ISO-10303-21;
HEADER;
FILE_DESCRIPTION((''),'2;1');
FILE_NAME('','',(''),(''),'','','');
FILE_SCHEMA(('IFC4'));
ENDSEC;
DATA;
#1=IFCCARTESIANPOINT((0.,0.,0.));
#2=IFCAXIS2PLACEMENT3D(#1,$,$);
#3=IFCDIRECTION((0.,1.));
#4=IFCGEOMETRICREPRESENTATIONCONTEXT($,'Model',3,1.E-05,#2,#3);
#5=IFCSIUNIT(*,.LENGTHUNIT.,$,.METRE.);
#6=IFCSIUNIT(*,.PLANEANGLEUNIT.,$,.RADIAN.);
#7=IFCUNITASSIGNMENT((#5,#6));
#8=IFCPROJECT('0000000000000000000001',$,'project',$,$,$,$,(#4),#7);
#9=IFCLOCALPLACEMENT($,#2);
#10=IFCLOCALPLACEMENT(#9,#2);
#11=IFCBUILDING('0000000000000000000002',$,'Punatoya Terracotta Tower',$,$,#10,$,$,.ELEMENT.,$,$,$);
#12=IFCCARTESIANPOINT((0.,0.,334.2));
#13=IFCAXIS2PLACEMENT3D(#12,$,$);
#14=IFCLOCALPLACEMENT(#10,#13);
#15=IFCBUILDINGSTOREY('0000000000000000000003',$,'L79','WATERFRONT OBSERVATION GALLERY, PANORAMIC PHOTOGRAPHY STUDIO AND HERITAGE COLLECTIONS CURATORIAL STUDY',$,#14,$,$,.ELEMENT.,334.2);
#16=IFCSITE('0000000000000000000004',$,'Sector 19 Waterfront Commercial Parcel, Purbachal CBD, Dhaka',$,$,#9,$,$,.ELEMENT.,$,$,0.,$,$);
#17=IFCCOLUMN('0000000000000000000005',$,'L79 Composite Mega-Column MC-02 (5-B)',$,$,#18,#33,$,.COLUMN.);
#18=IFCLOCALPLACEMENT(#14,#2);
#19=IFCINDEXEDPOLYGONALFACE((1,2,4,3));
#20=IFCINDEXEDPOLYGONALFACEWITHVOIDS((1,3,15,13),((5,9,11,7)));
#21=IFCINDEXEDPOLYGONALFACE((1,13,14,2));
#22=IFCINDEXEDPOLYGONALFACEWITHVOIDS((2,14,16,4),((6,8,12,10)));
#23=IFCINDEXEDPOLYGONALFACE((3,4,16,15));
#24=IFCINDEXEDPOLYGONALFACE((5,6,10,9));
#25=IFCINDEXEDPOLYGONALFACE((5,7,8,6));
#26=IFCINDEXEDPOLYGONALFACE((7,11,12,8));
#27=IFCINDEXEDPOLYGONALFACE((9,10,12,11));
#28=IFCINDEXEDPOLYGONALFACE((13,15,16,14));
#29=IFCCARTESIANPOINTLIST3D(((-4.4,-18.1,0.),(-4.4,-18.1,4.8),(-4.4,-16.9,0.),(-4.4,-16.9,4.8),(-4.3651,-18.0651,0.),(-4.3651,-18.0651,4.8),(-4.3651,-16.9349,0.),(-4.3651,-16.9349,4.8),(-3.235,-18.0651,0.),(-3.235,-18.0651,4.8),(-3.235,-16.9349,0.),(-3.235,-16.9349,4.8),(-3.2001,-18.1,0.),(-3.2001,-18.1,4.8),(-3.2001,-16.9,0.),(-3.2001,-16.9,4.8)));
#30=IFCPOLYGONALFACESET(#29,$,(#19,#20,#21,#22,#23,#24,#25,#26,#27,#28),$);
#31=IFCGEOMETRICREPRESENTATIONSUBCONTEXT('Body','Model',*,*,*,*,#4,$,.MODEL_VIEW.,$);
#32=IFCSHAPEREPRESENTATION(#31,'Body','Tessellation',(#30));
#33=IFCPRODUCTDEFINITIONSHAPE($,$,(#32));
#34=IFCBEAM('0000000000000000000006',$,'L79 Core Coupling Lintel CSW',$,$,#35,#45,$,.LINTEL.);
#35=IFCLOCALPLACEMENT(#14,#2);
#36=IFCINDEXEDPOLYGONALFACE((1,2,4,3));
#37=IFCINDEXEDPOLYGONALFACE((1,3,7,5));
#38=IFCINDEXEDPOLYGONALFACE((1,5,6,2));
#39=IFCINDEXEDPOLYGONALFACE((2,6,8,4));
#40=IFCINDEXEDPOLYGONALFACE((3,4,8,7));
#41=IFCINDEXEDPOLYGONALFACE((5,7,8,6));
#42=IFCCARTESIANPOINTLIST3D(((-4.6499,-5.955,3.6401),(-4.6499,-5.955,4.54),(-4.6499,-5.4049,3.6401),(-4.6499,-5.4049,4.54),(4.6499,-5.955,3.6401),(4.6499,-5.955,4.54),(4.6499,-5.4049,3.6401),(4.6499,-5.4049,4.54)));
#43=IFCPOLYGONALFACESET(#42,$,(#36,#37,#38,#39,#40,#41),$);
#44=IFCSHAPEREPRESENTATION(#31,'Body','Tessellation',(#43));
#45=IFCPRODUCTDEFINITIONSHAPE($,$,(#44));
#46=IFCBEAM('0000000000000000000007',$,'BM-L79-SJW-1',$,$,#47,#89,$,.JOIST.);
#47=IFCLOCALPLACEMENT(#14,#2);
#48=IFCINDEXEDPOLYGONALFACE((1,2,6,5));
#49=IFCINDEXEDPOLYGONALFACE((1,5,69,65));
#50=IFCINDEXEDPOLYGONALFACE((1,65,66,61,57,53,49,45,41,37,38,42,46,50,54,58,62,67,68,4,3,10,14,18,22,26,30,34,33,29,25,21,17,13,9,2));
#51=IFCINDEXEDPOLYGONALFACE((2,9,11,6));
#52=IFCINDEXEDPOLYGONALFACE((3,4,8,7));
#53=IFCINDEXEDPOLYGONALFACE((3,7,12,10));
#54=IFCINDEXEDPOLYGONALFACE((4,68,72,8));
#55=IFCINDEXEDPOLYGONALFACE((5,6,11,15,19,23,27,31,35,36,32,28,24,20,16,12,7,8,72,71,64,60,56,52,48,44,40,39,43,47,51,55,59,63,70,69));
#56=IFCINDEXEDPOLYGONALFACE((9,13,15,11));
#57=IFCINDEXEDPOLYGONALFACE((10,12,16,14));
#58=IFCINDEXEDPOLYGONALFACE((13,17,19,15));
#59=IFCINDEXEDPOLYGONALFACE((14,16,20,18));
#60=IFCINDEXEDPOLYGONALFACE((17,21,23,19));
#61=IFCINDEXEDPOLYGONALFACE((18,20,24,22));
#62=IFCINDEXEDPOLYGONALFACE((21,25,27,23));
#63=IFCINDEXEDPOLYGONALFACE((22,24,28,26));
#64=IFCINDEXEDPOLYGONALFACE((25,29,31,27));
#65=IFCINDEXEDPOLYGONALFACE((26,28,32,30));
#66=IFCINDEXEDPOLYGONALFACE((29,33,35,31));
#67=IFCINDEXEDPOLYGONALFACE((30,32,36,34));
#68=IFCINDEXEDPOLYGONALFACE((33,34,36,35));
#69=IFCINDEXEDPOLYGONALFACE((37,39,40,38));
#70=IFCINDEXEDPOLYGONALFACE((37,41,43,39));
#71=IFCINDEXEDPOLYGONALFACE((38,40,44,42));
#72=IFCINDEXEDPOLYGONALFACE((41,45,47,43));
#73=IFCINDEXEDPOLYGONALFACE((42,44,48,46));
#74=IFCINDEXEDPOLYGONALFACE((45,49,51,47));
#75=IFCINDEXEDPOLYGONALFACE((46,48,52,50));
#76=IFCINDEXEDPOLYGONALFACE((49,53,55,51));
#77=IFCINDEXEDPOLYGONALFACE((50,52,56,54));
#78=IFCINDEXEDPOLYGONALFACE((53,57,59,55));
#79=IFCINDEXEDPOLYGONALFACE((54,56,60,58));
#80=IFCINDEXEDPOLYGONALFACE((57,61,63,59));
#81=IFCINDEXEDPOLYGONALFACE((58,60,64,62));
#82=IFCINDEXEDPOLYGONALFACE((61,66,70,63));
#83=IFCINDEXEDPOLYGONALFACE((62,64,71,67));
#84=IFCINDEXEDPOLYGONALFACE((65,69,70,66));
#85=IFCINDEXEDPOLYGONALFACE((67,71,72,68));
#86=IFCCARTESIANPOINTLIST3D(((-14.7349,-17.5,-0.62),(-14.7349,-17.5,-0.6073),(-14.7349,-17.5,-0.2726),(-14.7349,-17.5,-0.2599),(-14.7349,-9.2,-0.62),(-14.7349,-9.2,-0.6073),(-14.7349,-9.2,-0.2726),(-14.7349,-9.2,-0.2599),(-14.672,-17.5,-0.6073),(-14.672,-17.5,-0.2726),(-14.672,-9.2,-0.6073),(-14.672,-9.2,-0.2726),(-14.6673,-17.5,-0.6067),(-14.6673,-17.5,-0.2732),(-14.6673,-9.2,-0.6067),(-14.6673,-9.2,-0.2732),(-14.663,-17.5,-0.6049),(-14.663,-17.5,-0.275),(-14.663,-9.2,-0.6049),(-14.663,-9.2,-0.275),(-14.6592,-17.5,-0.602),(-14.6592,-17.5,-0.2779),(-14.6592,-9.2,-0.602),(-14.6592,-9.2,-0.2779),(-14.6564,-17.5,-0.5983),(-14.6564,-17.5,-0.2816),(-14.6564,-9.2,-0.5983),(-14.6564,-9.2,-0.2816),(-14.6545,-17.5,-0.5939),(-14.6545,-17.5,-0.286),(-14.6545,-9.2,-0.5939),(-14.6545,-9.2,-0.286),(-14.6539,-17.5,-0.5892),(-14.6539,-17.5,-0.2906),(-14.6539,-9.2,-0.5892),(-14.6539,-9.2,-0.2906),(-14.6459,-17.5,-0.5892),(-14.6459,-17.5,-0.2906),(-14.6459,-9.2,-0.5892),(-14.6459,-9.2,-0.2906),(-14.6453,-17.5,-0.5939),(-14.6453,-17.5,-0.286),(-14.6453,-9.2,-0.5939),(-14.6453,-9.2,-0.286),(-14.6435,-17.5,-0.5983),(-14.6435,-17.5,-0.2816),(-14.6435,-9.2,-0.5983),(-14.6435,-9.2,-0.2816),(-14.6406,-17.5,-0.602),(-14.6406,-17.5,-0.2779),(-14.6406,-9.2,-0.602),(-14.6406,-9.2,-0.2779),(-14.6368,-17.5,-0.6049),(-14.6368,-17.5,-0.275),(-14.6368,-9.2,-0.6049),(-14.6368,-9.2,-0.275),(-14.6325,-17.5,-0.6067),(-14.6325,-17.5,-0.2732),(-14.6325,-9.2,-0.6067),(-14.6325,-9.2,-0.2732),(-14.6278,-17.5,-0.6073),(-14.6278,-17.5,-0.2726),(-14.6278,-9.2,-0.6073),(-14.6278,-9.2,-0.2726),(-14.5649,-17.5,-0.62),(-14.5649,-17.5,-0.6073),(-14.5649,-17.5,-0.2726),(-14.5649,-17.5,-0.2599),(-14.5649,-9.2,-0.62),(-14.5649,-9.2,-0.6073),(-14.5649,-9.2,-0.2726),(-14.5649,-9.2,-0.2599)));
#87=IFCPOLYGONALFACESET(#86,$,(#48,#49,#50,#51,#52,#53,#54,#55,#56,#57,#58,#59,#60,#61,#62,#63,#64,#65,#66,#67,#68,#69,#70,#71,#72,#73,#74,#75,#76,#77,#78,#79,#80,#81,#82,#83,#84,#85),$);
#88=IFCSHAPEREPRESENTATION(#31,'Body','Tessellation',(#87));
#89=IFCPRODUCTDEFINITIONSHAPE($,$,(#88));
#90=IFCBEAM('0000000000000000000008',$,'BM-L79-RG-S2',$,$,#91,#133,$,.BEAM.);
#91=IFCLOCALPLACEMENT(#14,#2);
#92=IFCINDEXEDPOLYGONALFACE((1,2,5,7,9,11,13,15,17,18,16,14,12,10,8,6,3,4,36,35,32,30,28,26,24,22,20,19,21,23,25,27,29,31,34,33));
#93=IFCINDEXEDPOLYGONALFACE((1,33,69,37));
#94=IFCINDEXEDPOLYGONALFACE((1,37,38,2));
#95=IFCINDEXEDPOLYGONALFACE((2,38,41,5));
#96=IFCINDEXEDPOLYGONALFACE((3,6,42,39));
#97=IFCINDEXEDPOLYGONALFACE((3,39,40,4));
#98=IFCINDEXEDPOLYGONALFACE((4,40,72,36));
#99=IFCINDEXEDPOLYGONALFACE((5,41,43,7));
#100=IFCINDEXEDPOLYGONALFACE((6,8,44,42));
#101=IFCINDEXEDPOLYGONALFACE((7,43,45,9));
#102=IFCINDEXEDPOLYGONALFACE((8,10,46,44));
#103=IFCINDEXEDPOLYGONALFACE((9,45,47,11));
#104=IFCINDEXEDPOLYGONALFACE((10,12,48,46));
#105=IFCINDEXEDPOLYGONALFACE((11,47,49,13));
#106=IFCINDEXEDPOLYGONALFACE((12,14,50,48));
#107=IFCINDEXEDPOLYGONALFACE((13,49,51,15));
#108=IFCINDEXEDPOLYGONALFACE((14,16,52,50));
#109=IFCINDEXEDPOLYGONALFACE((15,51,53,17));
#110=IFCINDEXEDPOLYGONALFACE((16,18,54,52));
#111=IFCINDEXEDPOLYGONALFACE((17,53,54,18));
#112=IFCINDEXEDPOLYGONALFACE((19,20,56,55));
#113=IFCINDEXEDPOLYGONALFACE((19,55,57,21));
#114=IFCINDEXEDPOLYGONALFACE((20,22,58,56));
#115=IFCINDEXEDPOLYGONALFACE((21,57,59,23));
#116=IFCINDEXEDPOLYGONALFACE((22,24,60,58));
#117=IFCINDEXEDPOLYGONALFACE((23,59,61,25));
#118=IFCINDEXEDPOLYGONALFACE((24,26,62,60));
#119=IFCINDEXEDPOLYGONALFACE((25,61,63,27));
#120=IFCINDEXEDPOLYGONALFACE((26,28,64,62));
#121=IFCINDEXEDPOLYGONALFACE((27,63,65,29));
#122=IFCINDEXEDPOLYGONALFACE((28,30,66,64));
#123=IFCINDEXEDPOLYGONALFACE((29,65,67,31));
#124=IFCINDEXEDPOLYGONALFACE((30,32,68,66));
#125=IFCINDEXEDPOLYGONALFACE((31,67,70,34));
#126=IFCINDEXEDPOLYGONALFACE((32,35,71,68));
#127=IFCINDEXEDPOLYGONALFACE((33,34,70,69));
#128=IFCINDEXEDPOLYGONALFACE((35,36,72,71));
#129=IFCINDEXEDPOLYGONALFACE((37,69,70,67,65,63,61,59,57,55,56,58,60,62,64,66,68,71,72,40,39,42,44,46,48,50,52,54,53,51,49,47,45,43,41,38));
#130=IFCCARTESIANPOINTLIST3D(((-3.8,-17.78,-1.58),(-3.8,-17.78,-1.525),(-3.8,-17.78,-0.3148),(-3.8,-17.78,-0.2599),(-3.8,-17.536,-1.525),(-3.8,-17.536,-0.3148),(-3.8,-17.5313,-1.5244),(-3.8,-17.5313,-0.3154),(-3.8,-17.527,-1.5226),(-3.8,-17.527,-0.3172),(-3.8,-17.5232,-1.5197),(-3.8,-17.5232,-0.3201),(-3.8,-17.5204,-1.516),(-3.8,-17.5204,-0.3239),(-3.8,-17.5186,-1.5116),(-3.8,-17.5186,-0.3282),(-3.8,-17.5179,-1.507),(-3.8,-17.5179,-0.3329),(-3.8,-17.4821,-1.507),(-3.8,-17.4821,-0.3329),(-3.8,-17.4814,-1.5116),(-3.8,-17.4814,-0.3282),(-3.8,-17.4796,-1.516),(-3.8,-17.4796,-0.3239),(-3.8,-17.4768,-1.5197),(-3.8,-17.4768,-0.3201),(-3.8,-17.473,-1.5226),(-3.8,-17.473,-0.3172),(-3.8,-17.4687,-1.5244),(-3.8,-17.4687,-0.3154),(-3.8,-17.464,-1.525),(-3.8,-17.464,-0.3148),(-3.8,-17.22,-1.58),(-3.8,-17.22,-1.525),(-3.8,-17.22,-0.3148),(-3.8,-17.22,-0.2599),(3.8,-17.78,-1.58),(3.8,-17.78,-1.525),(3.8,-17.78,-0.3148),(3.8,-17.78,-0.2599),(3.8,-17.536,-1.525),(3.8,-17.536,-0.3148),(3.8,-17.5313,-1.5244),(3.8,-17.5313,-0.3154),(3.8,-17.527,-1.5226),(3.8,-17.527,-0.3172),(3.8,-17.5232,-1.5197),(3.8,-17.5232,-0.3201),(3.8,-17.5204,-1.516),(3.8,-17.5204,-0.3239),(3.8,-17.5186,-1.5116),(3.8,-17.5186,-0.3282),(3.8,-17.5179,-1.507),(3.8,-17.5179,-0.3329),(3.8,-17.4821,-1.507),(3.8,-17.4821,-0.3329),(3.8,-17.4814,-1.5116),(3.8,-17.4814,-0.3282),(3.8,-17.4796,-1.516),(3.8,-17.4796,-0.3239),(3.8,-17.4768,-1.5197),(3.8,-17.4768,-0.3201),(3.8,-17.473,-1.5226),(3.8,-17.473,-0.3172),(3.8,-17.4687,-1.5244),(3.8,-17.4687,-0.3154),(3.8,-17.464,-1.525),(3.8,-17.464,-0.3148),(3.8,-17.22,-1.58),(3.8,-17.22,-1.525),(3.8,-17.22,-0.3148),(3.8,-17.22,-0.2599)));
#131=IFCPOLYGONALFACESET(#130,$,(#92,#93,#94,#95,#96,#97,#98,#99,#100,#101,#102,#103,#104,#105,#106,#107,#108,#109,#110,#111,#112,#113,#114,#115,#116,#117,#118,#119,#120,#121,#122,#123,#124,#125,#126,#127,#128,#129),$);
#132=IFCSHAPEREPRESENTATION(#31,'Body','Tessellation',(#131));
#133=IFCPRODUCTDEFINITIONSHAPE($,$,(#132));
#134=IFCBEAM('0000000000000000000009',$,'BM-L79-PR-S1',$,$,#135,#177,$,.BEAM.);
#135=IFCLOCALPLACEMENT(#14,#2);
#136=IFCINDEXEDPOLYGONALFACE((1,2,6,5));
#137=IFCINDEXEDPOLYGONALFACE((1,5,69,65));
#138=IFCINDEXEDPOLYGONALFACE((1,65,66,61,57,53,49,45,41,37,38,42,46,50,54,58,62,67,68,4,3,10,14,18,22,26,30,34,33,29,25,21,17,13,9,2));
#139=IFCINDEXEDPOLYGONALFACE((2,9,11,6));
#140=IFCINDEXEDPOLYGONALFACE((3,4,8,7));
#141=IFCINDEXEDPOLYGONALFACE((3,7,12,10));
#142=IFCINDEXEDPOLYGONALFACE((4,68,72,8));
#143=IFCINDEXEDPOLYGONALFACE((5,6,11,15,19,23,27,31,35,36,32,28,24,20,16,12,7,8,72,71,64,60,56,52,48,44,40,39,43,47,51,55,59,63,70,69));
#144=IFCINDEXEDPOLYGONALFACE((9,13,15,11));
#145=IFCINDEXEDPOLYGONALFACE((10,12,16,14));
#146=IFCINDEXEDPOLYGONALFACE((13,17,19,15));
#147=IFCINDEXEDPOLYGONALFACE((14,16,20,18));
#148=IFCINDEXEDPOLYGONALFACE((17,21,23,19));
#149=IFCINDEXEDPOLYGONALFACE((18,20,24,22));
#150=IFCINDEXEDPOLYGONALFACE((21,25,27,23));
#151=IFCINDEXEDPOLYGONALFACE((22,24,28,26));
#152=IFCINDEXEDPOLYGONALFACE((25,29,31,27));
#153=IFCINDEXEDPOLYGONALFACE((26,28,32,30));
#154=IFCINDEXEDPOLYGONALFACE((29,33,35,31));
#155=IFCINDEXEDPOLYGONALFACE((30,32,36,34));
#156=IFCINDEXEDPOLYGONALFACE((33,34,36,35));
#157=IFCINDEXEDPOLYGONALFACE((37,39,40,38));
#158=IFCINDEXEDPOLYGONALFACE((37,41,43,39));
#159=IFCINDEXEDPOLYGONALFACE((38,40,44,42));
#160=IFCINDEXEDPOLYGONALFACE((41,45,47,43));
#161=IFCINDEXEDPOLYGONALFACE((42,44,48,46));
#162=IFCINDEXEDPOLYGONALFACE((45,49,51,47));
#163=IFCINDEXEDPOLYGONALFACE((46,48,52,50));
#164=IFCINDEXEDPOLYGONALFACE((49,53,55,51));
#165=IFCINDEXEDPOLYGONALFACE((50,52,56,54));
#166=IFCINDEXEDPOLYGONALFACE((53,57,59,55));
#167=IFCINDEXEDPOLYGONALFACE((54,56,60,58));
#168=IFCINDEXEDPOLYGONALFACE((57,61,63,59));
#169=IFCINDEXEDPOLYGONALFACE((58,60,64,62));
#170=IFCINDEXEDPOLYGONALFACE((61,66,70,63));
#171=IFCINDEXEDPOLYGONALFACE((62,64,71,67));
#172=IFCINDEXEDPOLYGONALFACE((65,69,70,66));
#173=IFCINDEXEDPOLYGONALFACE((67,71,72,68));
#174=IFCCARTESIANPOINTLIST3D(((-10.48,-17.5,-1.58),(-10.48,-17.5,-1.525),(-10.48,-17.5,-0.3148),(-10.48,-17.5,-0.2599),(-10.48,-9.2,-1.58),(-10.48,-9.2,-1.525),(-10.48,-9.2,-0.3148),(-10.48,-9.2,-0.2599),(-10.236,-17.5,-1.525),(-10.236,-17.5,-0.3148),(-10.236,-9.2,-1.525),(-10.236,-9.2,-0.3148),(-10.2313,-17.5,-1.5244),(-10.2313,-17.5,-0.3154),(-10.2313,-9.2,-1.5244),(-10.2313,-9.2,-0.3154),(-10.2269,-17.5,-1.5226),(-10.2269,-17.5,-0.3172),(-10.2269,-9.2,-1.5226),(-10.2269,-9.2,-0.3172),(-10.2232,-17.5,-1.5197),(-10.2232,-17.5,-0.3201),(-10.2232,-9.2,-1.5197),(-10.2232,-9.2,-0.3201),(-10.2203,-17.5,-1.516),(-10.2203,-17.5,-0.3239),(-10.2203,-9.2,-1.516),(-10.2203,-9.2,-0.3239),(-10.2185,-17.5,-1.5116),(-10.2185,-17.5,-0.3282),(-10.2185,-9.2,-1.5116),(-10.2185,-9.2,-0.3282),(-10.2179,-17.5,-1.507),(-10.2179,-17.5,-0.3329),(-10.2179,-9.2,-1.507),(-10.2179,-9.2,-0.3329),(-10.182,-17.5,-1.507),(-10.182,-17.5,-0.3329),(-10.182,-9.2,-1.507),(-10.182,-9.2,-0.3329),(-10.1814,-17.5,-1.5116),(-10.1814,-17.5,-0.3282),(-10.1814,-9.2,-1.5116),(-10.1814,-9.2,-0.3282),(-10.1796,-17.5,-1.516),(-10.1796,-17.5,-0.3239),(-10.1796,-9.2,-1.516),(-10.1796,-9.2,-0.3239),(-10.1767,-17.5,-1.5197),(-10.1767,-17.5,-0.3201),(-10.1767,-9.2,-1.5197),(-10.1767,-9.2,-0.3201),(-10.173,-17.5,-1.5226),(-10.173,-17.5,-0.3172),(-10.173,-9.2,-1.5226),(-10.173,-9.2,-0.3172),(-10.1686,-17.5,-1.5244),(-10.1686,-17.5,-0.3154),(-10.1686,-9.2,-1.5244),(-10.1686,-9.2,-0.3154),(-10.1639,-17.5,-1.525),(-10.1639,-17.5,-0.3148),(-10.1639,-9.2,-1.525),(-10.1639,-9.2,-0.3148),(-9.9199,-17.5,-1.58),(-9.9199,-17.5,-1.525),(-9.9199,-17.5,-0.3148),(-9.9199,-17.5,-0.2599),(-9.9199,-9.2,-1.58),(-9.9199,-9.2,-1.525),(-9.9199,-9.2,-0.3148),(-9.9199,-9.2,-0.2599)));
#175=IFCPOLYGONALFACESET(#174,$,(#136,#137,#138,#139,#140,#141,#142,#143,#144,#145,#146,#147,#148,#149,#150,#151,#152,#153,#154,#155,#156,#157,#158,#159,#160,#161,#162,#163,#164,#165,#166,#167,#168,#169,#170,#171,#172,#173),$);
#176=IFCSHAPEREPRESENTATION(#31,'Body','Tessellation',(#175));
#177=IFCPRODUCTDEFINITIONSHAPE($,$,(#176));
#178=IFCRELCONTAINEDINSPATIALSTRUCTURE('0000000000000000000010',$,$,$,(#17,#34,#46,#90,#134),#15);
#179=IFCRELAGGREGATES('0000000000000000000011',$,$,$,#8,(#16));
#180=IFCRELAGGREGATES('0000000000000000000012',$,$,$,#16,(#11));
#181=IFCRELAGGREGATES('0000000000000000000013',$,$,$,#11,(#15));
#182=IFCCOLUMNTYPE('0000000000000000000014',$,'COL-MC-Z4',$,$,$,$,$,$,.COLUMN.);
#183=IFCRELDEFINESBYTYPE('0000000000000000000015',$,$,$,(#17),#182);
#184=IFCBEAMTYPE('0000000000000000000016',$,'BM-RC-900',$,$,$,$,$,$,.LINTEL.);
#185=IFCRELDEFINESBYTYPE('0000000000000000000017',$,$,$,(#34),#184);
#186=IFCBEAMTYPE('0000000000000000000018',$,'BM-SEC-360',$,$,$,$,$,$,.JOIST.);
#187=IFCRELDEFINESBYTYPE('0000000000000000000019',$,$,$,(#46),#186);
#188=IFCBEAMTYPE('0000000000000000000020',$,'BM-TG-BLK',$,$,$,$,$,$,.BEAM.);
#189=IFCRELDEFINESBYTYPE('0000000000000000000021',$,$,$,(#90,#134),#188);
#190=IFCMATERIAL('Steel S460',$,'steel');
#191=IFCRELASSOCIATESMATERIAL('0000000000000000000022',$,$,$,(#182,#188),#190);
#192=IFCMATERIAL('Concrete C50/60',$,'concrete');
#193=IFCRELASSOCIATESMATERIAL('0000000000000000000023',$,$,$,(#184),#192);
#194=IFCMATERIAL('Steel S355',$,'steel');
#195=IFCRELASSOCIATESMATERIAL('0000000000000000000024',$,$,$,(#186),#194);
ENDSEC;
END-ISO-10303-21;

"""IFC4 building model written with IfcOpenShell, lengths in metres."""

from ifc_helpers import new_model, si_unit, direction, frame, origin, origin_2d, place, context, subcontext, project, spatial, rectangle, hollow_rectangle, i_section, extrude, material, material_profile, profile_set, type_object, element, save


model = new_model("IFC4")

# Units and contexts
model_context = context("Model", 3, precision=1e-05, world=origin(), true_north=direction((0.0, 1.0)))
body_context = subcontext(model_context, "Body", "Model", "MODEL_VIEW")
ifc_project = project(units=[si_unit("LENGTHUNIT", "METRE"), si_unit("PLANEANGLEUNIT", "RADIAN")], contexts=[model_context])

# Site, building, storey
site_placement = place(None, origin())
site = spatial("IfcSite", under=ifc_project, at=site_placement, Name="Sector 19 Waterfront Commercial Parcel, Purbachal CBD, Dhaka", CompositionType="ELEMENT", RefElevation=0.0)
building_placement = place(site_placement, origin())
building = spatial("IfcBuilding", under=site, at=building_placement, Name="Punatoya Terracotta Tower", CompositionType="ELEMENT")
storey_placement = place(building_placement, frame((0.0, 0.0, 334.2)))
storey = spatial("IfcBuildingStorey", under=building, at=storey_placement, Name="L79", Description="WATERFRONT OBSERVATION GALLERY, PANORAMIC PHOTOGRAPHY STUDIO AND HERITAGE COLLECTIONS CURATORIAL STUDY", CompositionType="ELEMENT", Elevation=334.2)

# Column
ifc_material_1 = material(Name="Steel S460", Category="steel")
ifc_material_profile_1 = material_profile(ifc_material_1, hollow_rectangle(XDim=1.2, YDim=1.2, WallThickness=0.0349, at=origin_2d()))
ifc_profile_set_1 = profile_set([ifc_material_profile_1], Name="Steel S460")
column_type = type_object("IfcColumnType", Name="COL-MC-Z4", PredefinedType="COLUMN", material=ifc_profile_set_1)
column_placement = place(storey_placement, frame((-3.8, -17.5, 0.0), z_axis=(0.0, 0.0, 1.0), x_axis=(1.0, 0.0, 0.0)))
element("IfcColumn", 1, at=column_placement, inside=storey, type_object=column_type, Name="L79 Composite Mega-Column MC-02 (5-B)", PredefinedType="COLUMN", context=body_context, shape_type="SweptSolid", body=[
    extrude(hollow_rectangle(XDim=1.2, YDim=1.2, WallThickness=0.0349, at=origin_2d()), origin(), (0.0, 0.0, 1.0), 4.8),
])

# Beams
ifc_material_2 = material(Name="Concrete C50/60", Category="concrete")
ifc_material_profile_2 = material_profile(ifc_material_2, rectangle(XDim=0.55, YDim=0.8999, at=origin_2d()))
ifc_profile_set_2 = profile_set([ifc_material_profile_2], Name="Concrete C50/60")
beam_type_1 = type_object("IfcBeamType", Name="BM-RC-900", PredefinedType="LINTEL", material=ifc_profile_set_2)
beam_1_placement = place(storey_placement, frame((-4.6499, -5.6799, 4.0901), z_axis=(1.0, 0.0, 0.0), x_axis=(0.0, 1.0, 0.0)))
element("IfcBeam", 2, at=beam_1_placement, inside=storey, type_object=beam_type_1, Name="L79 Core Coupling Lintel CSW", PredefinedType="LINTEL", context=body_context, shape_type="SweptSolid", body=[
    extrude(rectangle(XDim=0.55, YDim=0.8999, at=origin_2d()), origin(), (0.0, 0.0, 1.0), 9.2998),
])
ifc_material_3 = material(Name="Steel S355", Category="steel")
ifc_material_profile_3 = material_profile(ifc_material_3, i_section(OverallWidth=0.1699, OverallDepth=0.3601, WebThickness=0.0081, FlangeThickness=0.0127, FilletRadius=0.0181, at=origin_2d()))
ifc_profile_set_3 = profile_set([ifc_material_profile_3], Name="Steel S355")
beam_type_2 = type_object("IfcBeamType", Name="BM-SEC-360", PredefinedType="JOIST", material=ifc_profile_set_3)
beam_2_placement = place(storey_placement, frame((-14.6499, -17.5, -0.4399), z_axis=(0.0, 1.0, 0.0), x_axis=(-1.0, 0.0, 0.0)))
element("IfcBeam", 3, at=beam_2_placement, inside=storey, type_object=beam_type_2, Name="BM-L79-SJW-1", PredefinedType="JOIST", context=body_context, shape_type="SweptSolid", body=[
    extrude(i_section(OverallWidth=0.1699, OverallDepth=0.3601, WebThickness=0.0081, FlangeThickness=0.0127, FilletRadius=0.0181, at=origin_2d()), origin(), (0.0, 0.0, 1.0), 8.3),
])
ifc_material_profile_4 = material_profile(ifc_material_1, i_section(OverallWidth=0.5601, OverallDepth=1.3201, WebThickness=0.0359, FlangeThickness=0.0549, FilletRadius=0.0181, at=origin_2d()))
ifc_profile_set_4 = profile_set([ifc_material_profile_4], Name="Steel S460")
beam_type_3 = type_object("IfcBeamType", Name="BM-TG-BLK", PredefinedType="BEAM", material=ifc_profile_set_4)
beam_3_placement = place(storey_placement, frame((-3.8, -17.5, -0.9199), z_axis=(1.0, 0.0, 0.0), x_axis=(0.0, 1.0, 0.0)))
element("IfcBeam", 4, at=beam_3_placement, inside=storey, type_object=beam_type_3, Name="BM-L79-RG-S2", PredefinedType="BEAM", context=body_context, shape_type="SweptSolid", body=[
    extrude(i_section(OverallWidth=0.5601, OverallDepth=1.3201, WebThickness=0.0359, FlangeThickness=0.0549, FilletRadius=0.0181, at=origin_2d()), origin(), (0.0, 0.0, 1.0), 7.6001),
])
for number, where, z_axis, x_axis, name in (
    (5, (-10.2, -17.5, -0.9199), (0.0, 1.0, 0.0), (-1.0, 0.0, 0.0), "BM-L79-PR-S1"),
):
    element("IfcBeam", number, at=place(storey_placement, frame(where, z_axis=z_axis, x_axis=x_axis)), inside=storey, type_object=beam_type_3, Name=name, PredefinedType="BEAM", context=body_context, shape_type="SweptSolid", body=[
        extrude(i_section(OverallWidth=0.5601, OverallDepth=1.3201, WebThickness=0.0359, FlangeThickness=0.0549, FilletRadius=0.0181, at=origin_2d()), origin(), (0.0, 0.0, 1.0), 8.3),
    ])

save(model, "model.ifc")
